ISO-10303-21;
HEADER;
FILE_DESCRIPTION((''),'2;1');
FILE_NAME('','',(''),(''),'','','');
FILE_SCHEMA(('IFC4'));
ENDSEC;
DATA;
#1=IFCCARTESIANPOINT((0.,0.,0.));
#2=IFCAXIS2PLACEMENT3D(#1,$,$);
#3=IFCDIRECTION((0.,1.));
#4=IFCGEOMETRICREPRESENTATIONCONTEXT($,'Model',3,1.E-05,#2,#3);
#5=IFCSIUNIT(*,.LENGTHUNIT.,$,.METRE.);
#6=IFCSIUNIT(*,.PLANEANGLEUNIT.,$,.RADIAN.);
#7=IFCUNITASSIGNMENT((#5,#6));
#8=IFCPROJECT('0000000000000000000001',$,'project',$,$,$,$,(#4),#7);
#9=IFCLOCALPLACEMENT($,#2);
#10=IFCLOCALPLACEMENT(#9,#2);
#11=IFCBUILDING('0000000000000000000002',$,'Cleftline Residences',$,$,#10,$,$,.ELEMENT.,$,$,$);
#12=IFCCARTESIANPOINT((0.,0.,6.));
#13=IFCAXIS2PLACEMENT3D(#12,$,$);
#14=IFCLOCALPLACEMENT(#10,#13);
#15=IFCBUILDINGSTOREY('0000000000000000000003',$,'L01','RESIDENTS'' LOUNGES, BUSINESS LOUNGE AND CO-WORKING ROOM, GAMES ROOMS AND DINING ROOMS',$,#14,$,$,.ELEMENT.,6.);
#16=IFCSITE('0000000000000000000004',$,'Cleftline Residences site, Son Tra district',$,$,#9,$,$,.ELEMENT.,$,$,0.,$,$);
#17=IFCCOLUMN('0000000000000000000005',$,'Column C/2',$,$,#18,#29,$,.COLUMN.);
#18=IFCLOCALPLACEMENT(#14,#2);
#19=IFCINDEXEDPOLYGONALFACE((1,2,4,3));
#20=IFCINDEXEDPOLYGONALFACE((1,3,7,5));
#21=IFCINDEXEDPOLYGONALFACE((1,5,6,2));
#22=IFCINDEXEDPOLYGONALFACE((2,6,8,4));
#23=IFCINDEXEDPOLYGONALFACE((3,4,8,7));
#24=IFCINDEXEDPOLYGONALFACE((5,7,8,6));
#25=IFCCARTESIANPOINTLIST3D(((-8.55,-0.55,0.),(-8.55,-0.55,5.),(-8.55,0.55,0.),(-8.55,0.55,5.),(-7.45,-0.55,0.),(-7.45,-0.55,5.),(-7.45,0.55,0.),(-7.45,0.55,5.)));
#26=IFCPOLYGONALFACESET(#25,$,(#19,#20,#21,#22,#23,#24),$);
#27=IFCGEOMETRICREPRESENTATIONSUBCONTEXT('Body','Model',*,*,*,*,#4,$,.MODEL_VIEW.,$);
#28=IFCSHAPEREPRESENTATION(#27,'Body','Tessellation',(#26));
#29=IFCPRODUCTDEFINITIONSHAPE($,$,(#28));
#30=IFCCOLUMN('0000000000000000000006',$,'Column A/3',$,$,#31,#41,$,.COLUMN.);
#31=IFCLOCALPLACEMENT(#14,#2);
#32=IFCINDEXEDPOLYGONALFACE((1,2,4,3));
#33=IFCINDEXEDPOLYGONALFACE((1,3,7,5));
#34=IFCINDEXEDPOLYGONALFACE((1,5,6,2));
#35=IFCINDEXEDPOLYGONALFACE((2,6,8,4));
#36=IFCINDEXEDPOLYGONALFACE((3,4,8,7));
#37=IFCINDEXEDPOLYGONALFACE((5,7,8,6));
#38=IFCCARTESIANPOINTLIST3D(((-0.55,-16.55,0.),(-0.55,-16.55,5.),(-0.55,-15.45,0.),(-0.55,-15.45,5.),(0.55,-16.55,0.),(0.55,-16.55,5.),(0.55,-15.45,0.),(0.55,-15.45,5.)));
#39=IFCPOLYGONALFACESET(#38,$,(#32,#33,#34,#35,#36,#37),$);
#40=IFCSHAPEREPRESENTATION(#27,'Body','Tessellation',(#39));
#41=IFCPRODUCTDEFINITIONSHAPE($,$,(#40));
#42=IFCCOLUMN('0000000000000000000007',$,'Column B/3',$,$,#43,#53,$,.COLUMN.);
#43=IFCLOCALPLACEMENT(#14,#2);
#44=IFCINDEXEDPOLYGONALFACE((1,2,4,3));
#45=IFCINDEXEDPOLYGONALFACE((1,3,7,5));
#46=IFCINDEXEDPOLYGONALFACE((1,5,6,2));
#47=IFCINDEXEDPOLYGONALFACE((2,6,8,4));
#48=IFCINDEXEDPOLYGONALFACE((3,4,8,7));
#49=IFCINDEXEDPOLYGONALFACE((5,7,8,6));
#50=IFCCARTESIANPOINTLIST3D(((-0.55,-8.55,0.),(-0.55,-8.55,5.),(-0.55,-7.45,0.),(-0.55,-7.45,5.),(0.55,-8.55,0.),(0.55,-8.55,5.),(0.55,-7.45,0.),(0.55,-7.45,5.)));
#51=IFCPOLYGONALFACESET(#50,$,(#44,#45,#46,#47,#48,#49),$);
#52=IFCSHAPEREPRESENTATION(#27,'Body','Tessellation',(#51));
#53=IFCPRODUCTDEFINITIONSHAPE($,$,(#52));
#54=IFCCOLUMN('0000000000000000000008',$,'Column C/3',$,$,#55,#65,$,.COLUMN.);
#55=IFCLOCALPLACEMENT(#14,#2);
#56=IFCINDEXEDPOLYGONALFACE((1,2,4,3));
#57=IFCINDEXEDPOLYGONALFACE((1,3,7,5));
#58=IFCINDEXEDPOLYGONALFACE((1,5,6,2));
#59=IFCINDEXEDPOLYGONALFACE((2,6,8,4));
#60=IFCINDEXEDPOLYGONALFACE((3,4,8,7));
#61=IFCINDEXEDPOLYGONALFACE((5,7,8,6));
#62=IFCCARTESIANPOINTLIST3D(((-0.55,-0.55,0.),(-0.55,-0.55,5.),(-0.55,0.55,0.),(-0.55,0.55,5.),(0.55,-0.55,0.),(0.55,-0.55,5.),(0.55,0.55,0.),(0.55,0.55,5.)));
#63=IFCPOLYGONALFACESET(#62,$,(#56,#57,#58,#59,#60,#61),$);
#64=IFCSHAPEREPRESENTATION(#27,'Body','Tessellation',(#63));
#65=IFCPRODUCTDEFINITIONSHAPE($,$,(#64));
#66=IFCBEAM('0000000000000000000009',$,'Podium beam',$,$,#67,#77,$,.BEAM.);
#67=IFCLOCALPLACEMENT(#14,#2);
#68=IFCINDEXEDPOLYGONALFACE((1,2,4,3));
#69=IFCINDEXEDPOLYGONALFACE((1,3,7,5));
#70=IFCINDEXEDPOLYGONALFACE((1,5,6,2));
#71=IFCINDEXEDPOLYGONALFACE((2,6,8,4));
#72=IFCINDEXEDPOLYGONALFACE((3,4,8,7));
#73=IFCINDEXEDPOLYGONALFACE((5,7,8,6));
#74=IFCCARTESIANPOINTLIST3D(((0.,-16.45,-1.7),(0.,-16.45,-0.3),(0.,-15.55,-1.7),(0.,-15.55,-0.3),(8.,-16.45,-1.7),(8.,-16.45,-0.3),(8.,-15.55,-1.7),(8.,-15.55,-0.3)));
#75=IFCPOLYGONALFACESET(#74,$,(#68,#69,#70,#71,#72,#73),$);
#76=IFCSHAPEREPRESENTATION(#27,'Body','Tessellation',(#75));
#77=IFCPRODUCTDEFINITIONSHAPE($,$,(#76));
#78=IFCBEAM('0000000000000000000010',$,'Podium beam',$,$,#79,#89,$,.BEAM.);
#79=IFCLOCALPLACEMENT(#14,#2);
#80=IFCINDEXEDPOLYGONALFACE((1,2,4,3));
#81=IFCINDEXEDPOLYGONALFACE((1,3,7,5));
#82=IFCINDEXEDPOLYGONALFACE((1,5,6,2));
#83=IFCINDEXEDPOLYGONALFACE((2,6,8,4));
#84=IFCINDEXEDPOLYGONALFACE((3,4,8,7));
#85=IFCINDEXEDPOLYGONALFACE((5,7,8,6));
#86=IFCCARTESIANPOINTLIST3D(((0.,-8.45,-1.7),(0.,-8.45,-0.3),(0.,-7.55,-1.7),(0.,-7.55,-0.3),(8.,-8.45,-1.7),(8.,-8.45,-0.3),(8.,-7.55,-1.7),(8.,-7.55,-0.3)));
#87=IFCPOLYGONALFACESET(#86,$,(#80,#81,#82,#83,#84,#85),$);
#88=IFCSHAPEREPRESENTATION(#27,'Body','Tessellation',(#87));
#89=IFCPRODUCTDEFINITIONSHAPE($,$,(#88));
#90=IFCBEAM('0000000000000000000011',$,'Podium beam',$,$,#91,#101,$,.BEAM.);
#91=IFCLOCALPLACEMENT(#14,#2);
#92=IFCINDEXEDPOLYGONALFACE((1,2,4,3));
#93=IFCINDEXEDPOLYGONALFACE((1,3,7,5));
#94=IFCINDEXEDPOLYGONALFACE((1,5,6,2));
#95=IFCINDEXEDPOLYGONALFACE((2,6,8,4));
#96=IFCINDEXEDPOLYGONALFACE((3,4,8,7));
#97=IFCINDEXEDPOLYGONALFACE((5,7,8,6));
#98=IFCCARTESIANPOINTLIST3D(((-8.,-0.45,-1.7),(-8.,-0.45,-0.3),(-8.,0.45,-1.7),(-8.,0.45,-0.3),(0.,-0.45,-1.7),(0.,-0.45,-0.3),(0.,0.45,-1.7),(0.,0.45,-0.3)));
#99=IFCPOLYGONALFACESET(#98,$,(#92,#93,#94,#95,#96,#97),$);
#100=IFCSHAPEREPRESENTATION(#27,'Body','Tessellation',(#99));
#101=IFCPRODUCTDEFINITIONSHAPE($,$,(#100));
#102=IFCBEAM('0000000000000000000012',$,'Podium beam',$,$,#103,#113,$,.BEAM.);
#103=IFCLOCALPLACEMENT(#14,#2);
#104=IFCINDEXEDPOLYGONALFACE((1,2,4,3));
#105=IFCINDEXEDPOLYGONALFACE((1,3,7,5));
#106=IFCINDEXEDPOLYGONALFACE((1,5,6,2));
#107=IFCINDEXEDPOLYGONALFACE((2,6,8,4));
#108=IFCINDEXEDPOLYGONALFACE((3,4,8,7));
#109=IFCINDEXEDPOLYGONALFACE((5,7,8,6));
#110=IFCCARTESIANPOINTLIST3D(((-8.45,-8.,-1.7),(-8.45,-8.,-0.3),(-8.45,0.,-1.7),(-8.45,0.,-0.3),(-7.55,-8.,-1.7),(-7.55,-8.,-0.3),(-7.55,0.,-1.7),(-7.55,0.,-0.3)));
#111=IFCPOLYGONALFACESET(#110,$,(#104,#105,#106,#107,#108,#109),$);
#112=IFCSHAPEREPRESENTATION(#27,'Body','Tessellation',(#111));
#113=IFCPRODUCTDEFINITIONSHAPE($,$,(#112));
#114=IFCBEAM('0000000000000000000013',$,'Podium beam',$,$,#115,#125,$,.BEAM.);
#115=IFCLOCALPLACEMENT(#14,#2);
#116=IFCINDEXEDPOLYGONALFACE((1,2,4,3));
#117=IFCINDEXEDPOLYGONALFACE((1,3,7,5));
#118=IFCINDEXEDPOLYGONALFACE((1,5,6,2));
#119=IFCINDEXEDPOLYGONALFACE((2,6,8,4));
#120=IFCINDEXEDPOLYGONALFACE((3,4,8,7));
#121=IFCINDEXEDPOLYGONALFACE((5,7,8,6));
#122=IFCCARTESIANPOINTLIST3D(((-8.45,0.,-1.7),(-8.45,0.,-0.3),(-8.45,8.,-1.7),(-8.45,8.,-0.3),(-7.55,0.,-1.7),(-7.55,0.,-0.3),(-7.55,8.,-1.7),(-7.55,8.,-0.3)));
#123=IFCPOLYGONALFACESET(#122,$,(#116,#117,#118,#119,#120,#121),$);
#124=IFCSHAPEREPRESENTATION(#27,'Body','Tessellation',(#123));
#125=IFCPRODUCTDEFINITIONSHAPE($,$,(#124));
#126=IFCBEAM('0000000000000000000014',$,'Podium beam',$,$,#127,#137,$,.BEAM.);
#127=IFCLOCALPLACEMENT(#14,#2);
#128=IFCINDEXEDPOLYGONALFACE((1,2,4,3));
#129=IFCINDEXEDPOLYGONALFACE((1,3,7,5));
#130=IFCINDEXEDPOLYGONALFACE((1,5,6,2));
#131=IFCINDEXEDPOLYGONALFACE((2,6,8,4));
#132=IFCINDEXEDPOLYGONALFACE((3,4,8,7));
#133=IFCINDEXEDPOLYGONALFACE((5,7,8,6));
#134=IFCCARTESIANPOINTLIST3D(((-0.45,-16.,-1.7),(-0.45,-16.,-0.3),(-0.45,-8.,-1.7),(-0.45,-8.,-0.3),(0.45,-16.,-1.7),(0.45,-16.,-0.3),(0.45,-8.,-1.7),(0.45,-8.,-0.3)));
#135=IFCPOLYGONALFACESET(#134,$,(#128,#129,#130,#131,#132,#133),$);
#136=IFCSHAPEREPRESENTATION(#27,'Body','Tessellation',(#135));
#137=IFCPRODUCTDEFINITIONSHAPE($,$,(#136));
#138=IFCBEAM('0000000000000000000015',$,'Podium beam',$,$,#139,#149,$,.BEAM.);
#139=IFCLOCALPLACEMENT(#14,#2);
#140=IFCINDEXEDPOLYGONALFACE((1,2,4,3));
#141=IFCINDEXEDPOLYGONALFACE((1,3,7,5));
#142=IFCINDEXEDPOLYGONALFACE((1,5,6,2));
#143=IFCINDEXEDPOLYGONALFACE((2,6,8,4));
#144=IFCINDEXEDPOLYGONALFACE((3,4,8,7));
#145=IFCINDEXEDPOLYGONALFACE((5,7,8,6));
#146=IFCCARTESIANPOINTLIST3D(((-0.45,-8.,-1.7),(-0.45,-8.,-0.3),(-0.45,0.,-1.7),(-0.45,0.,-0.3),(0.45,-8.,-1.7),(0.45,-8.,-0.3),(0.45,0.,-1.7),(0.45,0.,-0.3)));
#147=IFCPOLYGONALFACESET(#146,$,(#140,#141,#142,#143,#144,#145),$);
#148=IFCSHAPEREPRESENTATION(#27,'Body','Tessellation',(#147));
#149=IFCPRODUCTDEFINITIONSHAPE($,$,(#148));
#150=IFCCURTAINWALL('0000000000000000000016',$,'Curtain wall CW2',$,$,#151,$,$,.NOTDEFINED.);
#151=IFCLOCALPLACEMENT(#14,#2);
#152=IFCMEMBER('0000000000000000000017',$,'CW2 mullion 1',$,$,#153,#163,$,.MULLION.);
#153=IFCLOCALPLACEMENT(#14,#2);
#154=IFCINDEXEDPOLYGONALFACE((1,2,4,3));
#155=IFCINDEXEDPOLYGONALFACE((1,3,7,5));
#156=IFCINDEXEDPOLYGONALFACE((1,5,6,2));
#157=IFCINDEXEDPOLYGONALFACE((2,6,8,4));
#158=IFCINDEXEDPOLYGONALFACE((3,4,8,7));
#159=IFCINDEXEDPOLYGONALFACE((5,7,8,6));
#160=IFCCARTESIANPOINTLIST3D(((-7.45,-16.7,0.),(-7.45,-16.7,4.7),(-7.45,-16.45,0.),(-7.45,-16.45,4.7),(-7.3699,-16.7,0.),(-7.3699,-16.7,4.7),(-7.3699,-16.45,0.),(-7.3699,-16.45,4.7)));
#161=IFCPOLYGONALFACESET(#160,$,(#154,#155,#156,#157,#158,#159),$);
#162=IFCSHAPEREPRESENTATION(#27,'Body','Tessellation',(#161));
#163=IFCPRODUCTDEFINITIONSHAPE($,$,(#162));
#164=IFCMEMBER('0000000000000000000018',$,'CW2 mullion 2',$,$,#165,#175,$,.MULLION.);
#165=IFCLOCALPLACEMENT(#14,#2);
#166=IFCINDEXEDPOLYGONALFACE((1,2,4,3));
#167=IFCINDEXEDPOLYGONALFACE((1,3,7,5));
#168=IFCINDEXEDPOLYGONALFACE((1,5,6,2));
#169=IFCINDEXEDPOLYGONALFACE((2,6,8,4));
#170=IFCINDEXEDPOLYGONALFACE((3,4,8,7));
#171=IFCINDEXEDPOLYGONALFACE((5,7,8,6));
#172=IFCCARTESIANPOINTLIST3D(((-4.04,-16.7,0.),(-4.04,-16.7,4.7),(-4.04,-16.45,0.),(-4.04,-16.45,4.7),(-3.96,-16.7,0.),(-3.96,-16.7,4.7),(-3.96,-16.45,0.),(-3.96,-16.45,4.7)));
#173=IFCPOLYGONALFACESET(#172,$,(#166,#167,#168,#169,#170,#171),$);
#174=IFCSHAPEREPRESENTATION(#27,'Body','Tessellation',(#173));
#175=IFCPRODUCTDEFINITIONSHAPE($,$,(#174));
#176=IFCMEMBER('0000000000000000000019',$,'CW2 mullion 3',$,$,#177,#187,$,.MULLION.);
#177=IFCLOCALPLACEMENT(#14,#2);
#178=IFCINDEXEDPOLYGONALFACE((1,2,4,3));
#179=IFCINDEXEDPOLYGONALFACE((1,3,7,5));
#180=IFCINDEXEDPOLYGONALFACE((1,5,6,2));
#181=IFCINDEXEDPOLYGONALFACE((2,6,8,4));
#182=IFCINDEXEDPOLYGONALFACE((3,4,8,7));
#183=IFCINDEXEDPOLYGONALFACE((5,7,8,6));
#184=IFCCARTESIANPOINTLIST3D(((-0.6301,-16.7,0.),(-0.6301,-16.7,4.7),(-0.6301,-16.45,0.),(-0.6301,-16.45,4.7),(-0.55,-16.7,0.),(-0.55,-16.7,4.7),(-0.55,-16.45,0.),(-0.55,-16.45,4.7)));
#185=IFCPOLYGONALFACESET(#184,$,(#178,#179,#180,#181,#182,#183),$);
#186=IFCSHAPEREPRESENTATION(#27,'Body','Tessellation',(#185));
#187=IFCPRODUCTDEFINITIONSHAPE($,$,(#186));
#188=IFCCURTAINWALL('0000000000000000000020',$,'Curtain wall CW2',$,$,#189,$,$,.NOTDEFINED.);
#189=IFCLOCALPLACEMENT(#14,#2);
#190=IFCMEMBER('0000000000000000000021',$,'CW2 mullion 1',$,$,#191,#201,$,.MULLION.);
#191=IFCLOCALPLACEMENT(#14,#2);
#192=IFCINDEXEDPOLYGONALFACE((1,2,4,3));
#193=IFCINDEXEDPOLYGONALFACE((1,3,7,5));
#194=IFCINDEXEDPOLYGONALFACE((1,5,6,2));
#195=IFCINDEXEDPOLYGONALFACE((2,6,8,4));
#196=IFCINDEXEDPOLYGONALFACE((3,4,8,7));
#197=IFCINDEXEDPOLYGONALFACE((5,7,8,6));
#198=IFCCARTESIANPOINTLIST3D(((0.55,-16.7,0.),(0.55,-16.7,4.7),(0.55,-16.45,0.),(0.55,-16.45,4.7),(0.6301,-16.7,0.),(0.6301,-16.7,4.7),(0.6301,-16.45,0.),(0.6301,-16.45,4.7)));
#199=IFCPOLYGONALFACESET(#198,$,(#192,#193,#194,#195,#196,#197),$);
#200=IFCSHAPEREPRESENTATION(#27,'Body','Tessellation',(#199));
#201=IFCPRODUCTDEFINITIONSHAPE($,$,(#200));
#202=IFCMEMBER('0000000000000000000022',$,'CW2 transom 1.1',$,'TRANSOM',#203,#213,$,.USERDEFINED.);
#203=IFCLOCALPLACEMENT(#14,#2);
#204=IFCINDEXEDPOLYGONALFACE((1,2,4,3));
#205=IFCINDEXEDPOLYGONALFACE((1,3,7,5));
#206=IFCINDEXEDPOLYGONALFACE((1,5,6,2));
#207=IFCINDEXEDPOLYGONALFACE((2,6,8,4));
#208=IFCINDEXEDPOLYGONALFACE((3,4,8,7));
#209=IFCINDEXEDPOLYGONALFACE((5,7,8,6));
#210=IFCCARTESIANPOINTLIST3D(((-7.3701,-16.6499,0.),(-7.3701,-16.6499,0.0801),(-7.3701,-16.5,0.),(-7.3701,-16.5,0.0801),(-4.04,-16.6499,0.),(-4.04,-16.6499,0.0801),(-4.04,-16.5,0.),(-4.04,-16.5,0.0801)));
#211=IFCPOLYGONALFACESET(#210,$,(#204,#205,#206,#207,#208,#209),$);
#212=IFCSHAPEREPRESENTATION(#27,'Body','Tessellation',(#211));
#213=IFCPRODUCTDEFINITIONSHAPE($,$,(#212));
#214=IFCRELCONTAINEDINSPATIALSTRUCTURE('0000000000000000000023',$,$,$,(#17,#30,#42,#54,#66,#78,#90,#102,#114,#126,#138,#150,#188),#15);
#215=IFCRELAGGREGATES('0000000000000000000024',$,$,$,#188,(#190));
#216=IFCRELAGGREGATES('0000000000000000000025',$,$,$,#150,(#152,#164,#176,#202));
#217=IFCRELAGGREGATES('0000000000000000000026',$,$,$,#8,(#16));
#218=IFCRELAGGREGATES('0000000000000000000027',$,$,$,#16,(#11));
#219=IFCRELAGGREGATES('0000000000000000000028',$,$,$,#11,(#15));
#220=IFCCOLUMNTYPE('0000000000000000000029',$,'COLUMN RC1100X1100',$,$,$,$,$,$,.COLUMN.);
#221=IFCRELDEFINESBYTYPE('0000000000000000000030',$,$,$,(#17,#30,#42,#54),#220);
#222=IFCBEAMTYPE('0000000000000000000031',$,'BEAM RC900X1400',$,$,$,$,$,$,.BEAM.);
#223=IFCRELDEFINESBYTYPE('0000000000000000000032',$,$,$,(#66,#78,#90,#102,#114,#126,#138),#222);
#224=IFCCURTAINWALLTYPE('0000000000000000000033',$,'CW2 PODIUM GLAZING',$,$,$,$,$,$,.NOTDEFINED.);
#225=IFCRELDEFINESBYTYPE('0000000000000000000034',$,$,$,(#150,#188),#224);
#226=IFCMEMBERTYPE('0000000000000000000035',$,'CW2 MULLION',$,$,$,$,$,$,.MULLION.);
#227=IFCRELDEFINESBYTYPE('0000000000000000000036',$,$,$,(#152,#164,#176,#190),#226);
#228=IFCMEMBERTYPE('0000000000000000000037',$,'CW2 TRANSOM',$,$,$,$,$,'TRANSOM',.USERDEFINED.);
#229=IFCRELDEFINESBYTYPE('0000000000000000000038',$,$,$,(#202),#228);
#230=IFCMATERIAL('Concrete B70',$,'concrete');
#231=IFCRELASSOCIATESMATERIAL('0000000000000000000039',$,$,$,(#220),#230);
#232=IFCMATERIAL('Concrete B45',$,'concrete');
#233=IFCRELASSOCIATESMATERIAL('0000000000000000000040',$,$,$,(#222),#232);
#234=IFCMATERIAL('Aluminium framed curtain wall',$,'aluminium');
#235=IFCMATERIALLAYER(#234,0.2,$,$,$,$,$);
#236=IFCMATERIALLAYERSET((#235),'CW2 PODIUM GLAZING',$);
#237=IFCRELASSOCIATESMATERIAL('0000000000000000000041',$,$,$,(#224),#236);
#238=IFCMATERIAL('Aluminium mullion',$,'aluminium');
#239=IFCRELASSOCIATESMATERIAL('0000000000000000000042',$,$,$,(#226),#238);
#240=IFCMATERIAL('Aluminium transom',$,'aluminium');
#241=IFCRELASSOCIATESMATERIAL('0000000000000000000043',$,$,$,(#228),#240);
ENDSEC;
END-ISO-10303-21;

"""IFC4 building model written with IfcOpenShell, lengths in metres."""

from ifc_helpers import new_model, si_unit, direction, frame, origin, origin_2d, place, context, subcontext, project, spatial, rectangle, extrude, material, layer, layer_set, material_profile, profile_set, type_object, element, aggregate, save


model = new_model("IFC4")

# Units and contexts
model_context = context("Model", 3, precision=1e-05, world=origin(), true_north=direction((0.0, 1.0)))
body_context = subcontext(model_context, "Body", "Model", "MODEL_VIEW")
ifc_project = project(units=[si_unit("LENGTHUNIT", "METRE"), si_unit("PLANEANGLEUNIT", "RADIAN")], contexts=[model_context])

# Site, building, storey
site_placement = place(None, origin())
site = spatial("IfcSite", under=ifc_project, at=site_placement, Name="Cleftline Residences site, Son Tra district", CompositionType="ELEMENT", RefElevation=0.0)
building_placement = place(site_placement, origin())
building = spatial("IfcBuilding", under=site, at=building_placement, Name="Cleftline Residences", CompositionType="ELEMENT")
storey_placement = place(building_placement, frame((0.0, 0.0, 6.0)))
storey = spatial("IfcBuildingStorey", under=building, at=storey_placement, Name="L01", Description="RESIDENTS' LOUNGES, BUSINESS LOUNGE AND CO-WORKING ROOM, GAMES ROOMS AND DINING ROOMS", CompositionType="ELEMENT", Elevation=6.0)

# Columns
ifc_material_1 = material(Name="Concrete B70", Category="concrete")
ifc_material_profile_1 = material_profile(ifc_material_1, rectangle(XDim=1.1001, YDim=1.1001, at=origin_2d()))
ifc_profile_set_1 = profile_set([ifc_material_profile_1], Name="Concrete B70")
column_type = type_object("IfcColumnType", Name="COLUMN RC1100X1100", PredefinedType="COLUMN", material=ifc_profile_set_1)
for number, where, z_axis, x_axis, name in (
    (1, (-8.0, 0.0, 0.0), (0.0, 0.0, 1.0), (1.0, 0.0, 0.0), "Column C/2"),
    (2, (0.0, -16.0, 0.0), (0.0, 0.0, 1.0), (1.0, 0.0, 0.0), "Column A/3"),
    (3, (0.0, -8.0, 0.0), (0.0, 0.0, 1.0), (1.0, 0.0, 0.0), "Column B/3"),
    (4, (0.0, 0.0, 0.0), (0.0, 0.0, 1.0), (1.0, 0.0, 0.0), "Column C/3"),
):
    element("IfcColumn", number, at=place(storey_placement, frame(where, z_axis=z_axis, x_axis=x_axis)), inside=storey, type_object=column_type, Name=name, PredefinedType="COLUMN", context=body_context, shape_type="SweptSolid", body=[
        extrude(rectangle(XDim=1.1001, YDim=1.1001, at=origin_2d()), origin(), (0.0, 0.0, 1.0), 5.0),
    ])

# Beams
ifc_material_2 = material(Name="Concrete B45", Category="concrete")
ifc_material_profile_2 = material_profile(ifc_material_2, rectangle(XDim=0.8999, YDim=1.3999, at=origin_2d()))
ifc_profile_set_2 = profile_set([ifc_material_profile_2], Name="Concrete B45")
beam_type = type_object("IfcBeamType", Name="BEAM RC900X1400", PredefinedType="BEAM", material=ifc_profile_set_2)
for number, where, z_axis, x_axis, name in (
    (5, (0.0, -16.0, -1.0), (1.0, 0.0, 0.0), (0.0, 1.0, 0.0), "Podium beam"),
    (6, (0.0, -8.0, -1.0), (1.0, 0.0, 0.0), (0.0, 1.0, 0.0), "Podium beam"),
    (7, (-8.0, 0.0, -1.0), (1.0, 0.0, 0.0), (0.0, 1.0, 0.0), "Podium beam"),
    (8, (-8.0, -8.0, -1.0), (0.0, 1.0, 0.0), (-1.0, 0.0, 0.0), "Podium beam"),
    (9, (-8.0, 0.0, -1.0), (0.0, 1.0, 0.0), (-1.0, 0.0, 0.0), "Podium beam"),
    (10, (0.0, -16.0, -1.0), (0.0, 1.0, 0.0), (-1.0, 0.0, 0.0), "Podium beam"),
    (11, (0.0, -8.0, -1.0), (0.0, 1.0, 0.0), (-1.0, 0.0, 0.0), "Podium beam"),
):
    element("IfcBeam", number, at=place(storey_placement, frame(where, z_axis=z_axis, x_axis=x_axis)), inside=storey, type_object=beam_type, Name=name, PredefinedType="BEAM", context=body_context, shape_type="SweptSolid", body=[
        extrude(rectangle(XDim=0.8999, YDim=1.3999, at=origin_2d()), origin(), (0.0, 0.0, 1.0), 8.0),
    ])

# Curtain wall, members
ifc_material_3 = material(Name="Aluminium framed curtain wall", Category="aluminium")
ifc_layer_1 = layer(ifc_material_3, 0.2)
ifc_layer_set_1 = layer_set([ifc_layer_1], Name="CW2 PODIUM GLAZING")
curtain_wall_type = type_object("IfcCurtainWallType", Name="CW2 PODIUM GLAZING", PredefinedType="NOTDEFINED", material=ifc_layer_set_1)
curtain_wall_1_placement = place(storey_placement, origin())
curtain_wall_1 = element("IfcCurtainWall", 12, at=curtain_wall_1_placement, inside=storey, type_object=curtain_wall_type, Name="Curtain wall CW2", PredefinedType="NOTDEFINED")
ifc_material_4 = material(Name="Aluminium mullion", Category="aluminium")
ifc_material_profile_3 = material_profile(ifc_material_4, rectangle(XDim=0.25, YDim=0.0801, at=origin_2d()))
ifc_profile_set_3 = profile_set([ifc_material_profile_3], Name="Aluminium mullion")
member_type_1 = type_object("IfcMemberType", Name="CW2 MULLION", PredefinedType="MULLION", material=ifc_profile_set_3)
member_1_placement = place(storey_placement, frame((-7.4099, -16.575, 0.0), z_axis=(0.0, 0.0, 1.0), x_axis=(0.0, 1.0, 0.0)))
member_1 = element("IfcMember", 13, at=member_1_placement, type_object=member_type_1, Name="CW2 mullion 1", PredefinedType="MULLION", context=body_context, shape_type="SweptSolid", body=[
    extrude(rectangle(XDim=0.25, YDim=0.0801, at=origin_2d()), origin(), (0.0, 0.0, 1.0), 4.7),
])
member_2_placement = place(storey_placement, frame((-4.0, -16.575, 0.0), z_axis=(0.0, 0.0, 1.0), x_axis=(0.0, 1.0, 0.0)))
member_2 = element("IfcMember", 14, at=member_2_placement, type_object=member_type_1, Name="CW2 mullion 2", PredefinedType="MULLION", context=body_context, shape_type="SweptSolid", body=[
    extrude(rectangle(XDim=0.25, YDim=0.0801, at=origin_2d()), origin(), (0.0, 0.0, 1.0), 4.7),
])
member_3_placement = place(storey_placement, frame((-0.5901, -16.575, 0.0), z_axis=(0.0, 0.0, 1.0), x_axis=(0.0, 1.0, 0.0)))
member_3 = element("IfcMember", 15, at=member_3_placement, type_object=member_type_1, Name="CW2 mullion 3", PredefinedType="MULLION", context=body_context, shape_type="SweptSolid", body=[
    extrude(rectangle(XDim=0.25, YDim=0.0801, at=origin_2d()), origin(), (0.0, 0.0, 1.0), 4.7),
])

# Curtain wall, member
curtain_wall_2_placement = place(storey_placement, origin())
curtain_wall_2 = element("IfcCurtainWall", 16, at=curtain_wall_2_placement, inside=storey, type_object=curtain_wall_type, Name="Curtain wall CW2", PredefinedType="NOTDEFINED")
member_4_placement = place(storey_placement, frame((0.5901, -16.575, 0.0), z_axis=(0.0, 0.0, 1.0), x_axis=(0.0, 1.0, 0.0)))
member_4 = element("IfcMember", 17, at=member_4_placement, type_object=member_type_1, Name="CW2 mullion 1", PredefinedType="MULLION", context=body_context, shape_type="SweptSolid", body=[
    extrude(rectangle(XDim=0.25, YDim=0.0801, at=origin_2d()), origin(), (0.0, 0.0, 1.0), 4.7),
])

# Member
ifc_material_5 = material(Name="Aluminium transom", Category="aluminium")
ifc_material_profile_4 = material_profile(ifc_material_5, rectangle(XDim=0.1499, YDim=0.0801, at=origin_2d()))
ifc_profile_set_4 = profile_set([ifc_material_profile_4], Name="Aluminium transom")
member_type_2 = type_object("IfcMemberType", Name="CW2 TRANSOM", ElementType="TRANSOM", PredefinedType="USERDEFINED", material=ifc_profile_set_4)
member_5_placement = place(storey_placement, frame((-7.3701, -16.575, 0.04), z_axis=(1.0, 0.0, 0.0), x_axis=(0.0, 1.0, 0.0)))
member_5 = element("IfcMember", 18, at=member_5_placement, type_object=member_type_2, Name="CW2 transom 1.1", ObjectType="TRANSOM", PredefinedType="USERDEFINED", context=body_context, shape_type="SweptSolid", body=[
    extrude(rectangle(XDim=0.1499, YDim=0.0801, at=origin_2d()), origin(), (0.0, 0.0, 1.0), 3.3301),
])
aggregate(curtain_wall_2, [member_4])

aggregate(curtain_wall_1, [member_1, member_2, member_3, member_5])

save(model, "model.ifc")
